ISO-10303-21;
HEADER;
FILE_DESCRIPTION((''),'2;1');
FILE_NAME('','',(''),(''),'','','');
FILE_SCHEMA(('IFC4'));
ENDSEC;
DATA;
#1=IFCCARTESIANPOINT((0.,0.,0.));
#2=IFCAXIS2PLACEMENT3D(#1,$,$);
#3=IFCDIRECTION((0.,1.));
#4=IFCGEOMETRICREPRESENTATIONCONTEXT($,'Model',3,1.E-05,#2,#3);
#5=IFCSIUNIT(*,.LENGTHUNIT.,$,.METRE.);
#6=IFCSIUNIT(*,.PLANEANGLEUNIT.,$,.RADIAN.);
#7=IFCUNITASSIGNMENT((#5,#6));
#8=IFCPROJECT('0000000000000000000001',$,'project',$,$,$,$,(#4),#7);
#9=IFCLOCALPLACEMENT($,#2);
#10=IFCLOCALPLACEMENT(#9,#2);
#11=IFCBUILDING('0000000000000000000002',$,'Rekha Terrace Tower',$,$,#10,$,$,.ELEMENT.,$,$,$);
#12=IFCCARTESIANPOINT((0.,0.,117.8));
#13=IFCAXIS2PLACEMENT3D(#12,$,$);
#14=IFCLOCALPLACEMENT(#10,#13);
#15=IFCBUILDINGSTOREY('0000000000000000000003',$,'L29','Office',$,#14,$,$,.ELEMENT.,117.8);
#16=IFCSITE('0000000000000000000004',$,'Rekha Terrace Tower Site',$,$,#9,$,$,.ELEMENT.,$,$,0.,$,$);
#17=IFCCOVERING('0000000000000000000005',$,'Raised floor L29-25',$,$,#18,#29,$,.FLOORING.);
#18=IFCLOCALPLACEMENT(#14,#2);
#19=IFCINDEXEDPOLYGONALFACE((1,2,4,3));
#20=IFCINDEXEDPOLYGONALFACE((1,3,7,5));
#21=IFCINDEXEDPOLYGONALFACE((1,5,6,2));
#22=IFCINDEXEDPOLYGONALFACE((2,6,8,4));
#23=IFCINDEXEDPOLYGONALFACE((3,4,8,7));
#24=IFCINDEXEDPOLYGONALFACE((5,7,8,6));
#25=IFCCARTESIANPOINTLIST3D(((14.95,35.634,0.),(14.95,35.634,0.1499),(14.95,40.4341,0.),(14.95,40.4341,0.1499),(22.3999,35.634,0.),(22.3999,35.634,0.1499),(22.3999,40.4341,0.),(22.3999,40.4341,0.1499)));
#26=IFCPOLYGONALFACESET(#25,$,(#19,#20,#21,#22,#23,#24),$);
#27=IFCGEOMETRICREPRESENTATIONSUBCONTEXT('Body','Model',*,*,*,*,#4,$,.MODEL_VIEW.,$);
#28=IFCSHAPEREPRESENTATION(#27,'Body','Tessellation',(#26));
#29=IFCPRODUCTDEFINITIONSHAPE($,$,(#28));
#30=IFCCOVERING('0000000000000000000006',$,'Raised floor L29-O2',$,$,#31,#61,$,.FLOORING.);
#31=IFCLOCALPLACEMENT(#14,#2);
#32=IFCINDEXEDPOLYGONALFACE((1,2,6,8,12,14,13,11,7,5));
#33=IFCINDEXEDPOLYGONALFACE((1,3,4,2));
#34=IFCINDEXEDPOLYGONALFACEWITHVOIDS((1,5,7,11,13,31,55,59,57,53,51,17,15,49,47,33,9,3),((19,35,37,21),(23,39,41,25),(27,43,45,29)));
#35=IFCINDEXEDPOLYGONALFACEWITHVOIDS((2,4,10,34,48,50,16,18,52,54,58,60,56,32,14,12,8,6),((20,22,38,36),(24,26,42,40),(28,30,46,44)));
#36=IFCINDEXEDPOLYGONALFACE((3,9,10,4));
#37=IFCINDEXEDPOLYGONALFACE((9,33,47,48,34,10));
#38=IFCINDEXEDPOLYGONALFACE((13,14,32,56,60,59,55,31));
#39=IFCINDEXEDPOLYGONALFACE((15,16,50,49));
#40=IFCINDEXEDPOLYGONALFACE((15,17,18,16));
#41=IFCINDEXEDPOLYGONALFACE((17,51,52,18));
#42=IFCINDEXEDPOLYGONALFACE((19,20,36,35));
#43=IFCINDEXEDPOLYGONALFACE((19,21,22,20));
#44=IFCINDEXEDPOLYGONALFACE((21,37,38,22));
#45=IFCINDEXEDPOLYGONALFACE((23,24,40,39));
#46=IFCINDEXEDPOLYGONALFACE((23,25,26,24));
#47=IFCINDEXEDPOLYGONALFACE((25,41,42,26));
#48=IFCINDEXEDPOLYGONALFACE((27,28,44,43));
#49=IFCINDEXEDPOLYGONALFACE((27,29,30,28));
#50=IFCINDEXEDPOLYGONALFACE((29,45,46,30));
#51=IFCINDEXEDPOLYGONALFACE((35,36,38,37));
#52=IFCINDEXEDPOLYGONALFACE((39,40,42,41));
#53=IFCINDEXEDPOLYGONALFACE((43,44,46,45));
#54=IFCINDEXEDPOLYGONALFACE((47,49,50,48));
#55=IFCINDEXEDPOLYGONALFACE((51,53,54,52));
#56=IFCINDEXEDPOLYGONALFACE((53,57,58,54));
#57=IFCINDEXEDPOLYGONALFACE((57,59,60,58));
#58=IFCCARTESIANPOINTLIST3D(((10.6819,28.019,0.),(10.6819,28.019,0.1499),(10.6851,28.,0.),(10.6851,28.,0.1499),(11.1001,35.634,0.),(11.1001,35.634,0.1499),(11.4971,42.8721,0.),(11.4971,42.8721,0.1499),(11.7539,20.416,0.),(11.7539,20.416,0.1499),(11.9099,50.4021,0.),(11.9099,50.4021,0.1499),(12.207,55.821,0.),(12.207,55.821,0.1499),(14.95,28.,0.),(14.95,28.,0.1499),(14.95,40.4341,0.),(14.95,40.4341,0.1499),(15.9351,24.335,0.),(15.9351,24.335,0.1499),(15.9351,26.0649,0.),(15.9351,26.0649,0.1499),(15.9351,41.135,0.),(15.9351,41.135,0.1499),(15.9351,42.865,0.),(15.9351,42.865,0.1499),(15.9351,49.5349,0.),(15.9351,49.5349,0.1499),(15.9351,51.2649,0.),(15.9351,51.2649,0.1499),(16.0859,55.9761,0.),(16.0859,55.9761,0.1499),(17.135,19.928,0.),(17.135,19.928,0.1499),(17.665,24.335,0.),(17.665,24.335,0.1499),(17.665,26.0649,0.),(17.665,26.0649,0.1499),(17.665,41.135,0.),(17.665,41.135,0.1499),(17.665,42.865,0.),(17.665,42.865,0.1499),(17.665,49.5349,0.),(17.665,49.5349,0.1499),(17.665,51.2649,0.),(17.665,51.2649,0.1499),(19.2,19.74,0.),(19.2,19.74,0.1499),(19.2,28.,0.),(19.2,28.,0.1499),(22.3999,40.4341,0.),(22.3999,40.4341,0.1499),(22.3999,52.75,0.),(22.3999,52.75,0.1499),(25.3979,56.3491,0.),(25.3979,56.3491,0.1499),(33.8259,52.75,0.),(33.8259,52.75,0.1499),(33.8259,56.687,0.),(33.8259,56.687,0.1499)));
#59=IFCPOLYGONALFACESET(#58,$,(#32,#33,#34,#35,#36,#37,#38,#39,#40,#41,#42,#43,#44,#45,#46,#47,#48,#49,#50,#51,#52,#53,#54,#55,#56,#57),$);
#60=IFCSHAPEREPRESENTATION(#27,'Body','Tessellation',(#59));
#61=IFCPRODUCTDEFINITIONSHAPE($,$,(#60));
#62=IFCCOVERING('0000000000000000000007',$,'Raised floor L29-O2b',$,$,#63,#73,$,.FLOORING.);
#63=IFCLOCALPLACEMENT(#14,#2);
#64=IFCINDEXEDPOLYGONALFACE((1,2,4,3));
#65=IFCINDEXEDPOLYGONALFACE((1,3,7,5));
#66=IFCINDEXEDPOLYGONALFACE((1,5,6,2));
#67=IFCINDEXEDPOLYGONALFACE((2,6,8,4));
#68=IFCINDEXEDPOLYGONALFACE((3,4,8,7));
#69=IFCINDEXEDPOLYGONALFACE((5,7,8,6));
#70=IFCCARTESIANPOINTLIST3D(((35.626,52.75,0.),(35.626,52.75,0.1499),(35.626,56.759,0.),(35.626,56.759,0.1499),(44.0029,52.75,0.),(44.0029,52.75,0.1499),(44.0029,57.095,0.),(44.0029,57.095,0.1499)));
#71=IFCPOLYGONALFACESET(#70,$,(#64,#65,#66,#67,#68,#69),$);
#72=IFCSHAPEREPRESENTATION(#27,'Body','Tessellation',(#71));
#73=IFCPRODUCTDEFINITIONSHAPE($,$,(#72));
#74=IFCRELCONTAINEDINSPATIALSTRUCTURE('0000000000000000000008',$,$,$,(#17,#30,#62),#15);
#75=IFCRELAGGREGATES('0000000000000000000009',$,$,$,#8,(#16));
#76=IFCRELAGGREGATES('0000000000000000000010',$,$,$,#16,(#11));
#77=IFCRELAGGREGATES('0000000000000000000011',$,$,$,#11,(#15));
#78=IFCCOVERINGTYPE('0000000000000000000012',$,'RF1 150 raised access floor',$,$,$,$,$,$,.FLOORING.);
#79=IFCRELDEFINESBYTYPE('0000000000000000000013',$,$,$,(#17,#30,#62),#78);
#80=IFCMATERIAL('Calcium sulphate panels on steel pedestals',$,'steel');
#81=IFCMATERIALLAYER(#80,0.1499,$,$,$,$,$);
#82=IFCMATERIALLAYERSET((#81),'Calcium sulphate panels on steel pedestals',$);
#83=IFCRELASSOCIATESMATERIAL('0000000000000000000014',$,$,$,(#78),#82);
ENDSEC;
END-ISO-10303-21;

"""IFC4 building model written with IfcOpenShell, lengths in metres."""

from ifc_helpers import new_model, si_unit, direction, frame, origin, place, context, subcontext, project, spatial, polyline, outline, extrude, material, layer, layer_set, type_object, element, save


model = new_model("IFC4")

# Units and contexts
model_context = context("Model", 3, precision=1e-05, world=origin(), true_north=direction((0.0, 1.0)))
body_context = subcontext(model_context, "Body", "Model", "MODEL_VIEW")
ifc_project = project(units=[si_unit("LENGTHUNIT", "METRE"), si_unit("PLANEANGLEUNIT", "RADIAN")], contexts=[model_context])

# Site, building, storey
site_placement = place(None, origin())
site = spatial("IfcSite", under=ifc_project, at=site_placement, Name="Rekha Terrace Tower Site", CompositionType="ELEMENT", RefElevation=0.0)
building_placement = place(site_placement, origin())
building = spatial("IfcBuilding", under=site, at=building_placement, Name="Rekha Terrace Tower", CompositionType="ELEMENT")
storey_placement = place(building_placement, frame((0.0, 0.0, 117.8)))
storey = spatial("IfcBuildingStorey", under=building, at=storey_placement, Name="L29", Description="Office", CompositionType="ELEMENT", Elevation=117.8)

# Coverings
ifc_material_1 = material(Name="Calcium sulphate panels on steel pedestals", Category="steel")
ifc_layer_1 = layer(ifc_material_1, 0.1499)
ifc_layer_set_1 = layer_set([ifc_layer_1], Name="Calcium sulphate panels on steel pedestals")
covering_type_1 = type_object("IfcCoveringType", Name="RF1 150 raised access floor", PredefinedType="FLOORING", material=ifc_layer_set_1)
covering_1_placement = place(storey_placement, origin())
element("IfcCovering", 1, at=covering_1_placement, inside=storey, type_object=covering_type_1, Name="Raised floor L29-25", PredefinedType="FLOORING", context=body_context, shape_type="SweptSolid", body=[
    extrude(outline(polyline([(22.3999, 40.4341), (14.95, 40.4341), (14.95, 35.634), (22.3999, 35.634), (22.3999, 40.4341)])), origin(), (0.0, 0.0, 1.0), 0.1499),
])
covering_2_placement = place(storey_placement, origin())
element("IfcCovering", 2, at=covering_2_placement, inside=storey, type_object=covering_type_1, Name="Raised floor L29-O2", PredefinedType="FLOORING", context=body_context, shape_type="SweptSolid", body=[
    extrude(outline(polyline([(10.6819, 28.019), (10.6851, 28.0), (11.7539, 20.416), (17.135, 19.928), (19.2, 19.74), (19.2, 28.0), (14.95, 28.0), (14.95, 40.4341), (22.3999, 40.4341), (22.3999, 52.75), (33.8259, 52.75), (33.8259, 56.687), (25.3979, 56.3491), (16.0859, 55.9761), (12.207, 55.821), (11.9099, 50.4021), (11.4971, 42.8721), (11.1001, 35.634), (10.6819, 28.019)]), holes=[polyline([(17.665, 26.0649), (17.665, 24.335), (15.9351, 24.335), (15.9351, 26.0649), (17.665, 26.0649)]), polyline([(17.665, 41.135), (15.9351, 41.135), (15.9351, 42.865), (17.665, 42.865), (17.665, 41.135)]), polyline([(17.665, 49.5349), (15.9351, 49.5349), (15.9351, 51.2649), (17.665, 51.2649), (17.665, 49.5349)])]), origin(), (0.0, 0.0, 1.0), 0.1499),
])
covering_3_placement = place(storey_placement, origin())
element("IfcCovering", 3, at=covering_3_placement, inside=storey, type_object=covering_type_1, Name="Raised floor L29-O2b", PredefinedType="FLOORING", context=body_context, shape_type="SweptSolid", body=[
    extrude(outline(polyline([(44.0029, 52.75), (44.0029, 57.095), (35.626, 56.759), (35.626, 52.75), (44.0029, 52.75)])), origin(), (0.0, 0.0, 1.0), 0.1499),
])

save(model, "model.ifc")
